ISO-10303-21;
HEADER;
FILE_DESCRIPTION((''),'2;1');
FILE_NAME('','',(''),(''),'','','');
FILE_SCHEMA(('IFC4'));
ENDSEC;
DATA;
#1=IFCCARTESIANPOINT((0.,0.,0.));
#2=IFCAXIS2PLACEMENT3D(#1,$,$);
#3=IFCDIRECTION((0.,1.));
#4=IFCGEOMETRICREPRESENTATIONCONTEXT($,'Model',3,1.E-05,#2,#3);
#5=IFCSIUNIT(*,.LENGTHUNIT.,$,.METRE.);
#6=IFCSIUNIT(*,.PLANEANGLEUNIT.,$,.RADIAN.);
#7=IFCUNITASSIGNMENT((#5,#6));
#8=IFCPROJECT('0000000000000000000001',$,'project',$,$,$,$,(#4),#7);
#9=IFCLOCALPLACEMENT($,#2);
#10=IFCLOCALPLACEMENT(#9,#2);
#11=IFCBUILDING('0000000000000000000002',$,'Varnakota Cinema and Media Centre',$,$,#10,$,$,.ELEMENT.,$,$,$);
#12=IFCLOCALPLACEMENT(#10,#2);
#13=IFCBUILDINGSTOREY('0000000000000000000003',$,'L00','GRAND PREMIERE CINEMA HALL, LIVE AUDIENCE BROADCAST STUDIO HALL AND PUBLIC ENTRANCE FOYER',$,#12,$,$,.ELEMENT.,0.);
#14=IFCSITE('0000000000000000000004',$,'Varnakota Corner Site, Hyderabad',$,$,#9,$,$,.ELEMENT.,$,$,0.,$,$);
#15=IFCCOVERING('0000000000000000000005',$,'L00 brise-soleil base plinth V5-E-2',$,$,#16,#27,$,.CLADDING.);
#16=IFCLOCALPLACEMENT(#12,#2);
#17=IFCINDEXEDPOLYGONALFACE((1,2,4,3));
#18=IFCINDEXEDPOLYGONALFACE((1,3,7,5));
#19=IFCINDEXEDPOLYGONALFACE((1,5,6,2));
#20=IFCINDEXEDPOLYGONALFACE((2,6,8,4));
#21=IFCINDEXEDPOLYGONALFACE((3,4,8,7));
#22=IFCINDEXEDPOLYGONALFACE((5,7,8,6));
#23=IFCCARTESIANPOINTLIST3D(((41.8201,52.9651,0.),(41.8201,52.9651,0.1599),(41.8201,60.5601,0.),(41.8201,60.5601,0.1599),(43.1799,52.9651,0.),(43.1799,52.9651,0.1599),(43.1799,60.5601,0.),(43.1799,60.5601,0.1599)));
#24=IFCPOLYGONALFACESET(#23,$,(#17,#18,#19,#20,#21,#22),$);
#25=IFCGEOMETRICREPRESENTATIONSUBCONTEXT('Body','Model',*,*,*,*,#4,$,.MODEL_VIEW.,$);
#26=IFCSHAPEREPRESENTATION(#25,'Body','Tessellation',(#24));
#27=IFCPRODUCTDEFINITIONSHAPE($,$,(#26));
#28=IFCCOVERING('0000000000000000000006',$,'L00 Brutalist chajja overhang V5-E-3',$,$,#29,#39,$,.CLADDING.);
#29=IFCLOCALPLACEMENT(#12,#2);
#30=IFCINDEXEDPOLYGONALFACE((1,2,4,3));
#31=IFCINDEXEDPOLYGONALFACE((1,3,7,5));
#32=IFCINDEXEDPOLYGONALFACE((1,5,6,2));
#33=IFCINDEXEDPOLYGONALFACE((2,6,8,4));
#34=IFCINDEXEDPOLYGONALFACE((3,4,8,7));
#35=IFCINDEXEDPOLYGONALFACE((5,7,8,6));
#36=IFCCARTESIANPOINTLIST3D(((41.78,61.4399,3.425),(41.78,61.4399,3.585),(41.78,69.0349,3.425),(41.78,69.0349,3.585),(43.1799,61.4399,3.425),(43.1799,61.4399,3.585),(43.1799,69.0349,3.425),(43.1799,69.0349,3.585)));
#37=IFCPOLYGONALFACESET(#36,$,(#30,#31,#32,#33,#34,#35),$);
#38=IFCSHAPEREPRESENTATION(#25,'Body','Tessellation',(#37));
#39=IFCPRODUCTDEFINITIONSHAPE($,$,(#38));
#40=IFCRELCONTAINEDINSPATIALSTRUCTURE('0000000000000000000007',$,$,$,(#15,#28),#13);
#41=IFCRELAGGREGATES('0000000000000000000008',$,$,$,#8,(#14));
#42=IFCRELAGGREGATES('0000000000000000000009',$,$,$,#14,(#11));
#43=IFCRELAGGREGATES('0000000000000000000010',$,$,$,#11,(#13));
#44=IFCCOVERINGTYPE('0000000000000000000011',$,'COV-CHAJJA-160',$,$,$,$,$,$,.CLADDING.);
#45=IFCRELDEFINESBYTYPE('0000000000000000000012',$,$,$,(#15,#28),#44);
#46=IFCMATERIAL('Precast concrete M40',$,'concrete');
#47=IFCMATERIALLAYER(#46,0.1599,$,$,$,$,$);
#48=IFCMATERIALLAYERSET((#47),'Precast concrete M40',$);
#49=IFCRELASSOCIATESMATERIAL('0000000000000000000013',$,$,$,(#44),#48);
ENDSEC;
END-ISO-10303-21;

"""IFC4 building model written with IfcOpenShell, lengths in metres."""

from ifc_helpers import new_model, si_unit, direction, frame, origin, place, context, subcontext, project, spatial, polyline, outline, extrude, material, layer, layer_set, type_object, element, save


model = new_model("IFC4")

# Units and contexts
model_context = context("Model", 3, precision=1e-05, world=origin(), true_north=direction((0.0, 1.0)))
body_context = subcontext(model_context, "Body", "Model", "MODEL_VIEW")
ifc_project = project(units=[si_unit("LENGTHUNIT", "METRE"), si_unit("PLANEANGLEUNIT", "RADIAN")], contexts=[model_context])

# Site, building, storey
site_placement = place(None, origin())
site = spatial("IfcSite", under=ifc_project, at=site_placement, Name="Varnakota Corner Site, Hyderabad", CompositionType="ELEMENT", RefElevation=0.0)
building_placement = place(site_placement, origin())
building = spatial("IfcBuilding", under=site, at=building_placement, Name="Varnakota Cinema and Media Centre", CompositionType="ELEMENT")
storey_placement = place(building_placement, origin())
storey = spatial("IfcBuildingStorey", under=building, at=storey_placement, Name="L00", Description="GRAND PREMIERE CINEMA HALL, LIVE AUDIENCE BROADCAST STUDIO HALL AND PUBLIC ENTRANCE FOYER", CompositionType="ELEMENT", Elevation=0.0)

# Coverings
ifc_material = material(Name="Precast concrete M40", Category="concrete")
ifc_layer = layer(ifc_material, 0.1599)
ifc_layer_set = layer_set([ifc_layer], Name="Precast concrete M40")
covering_type = type_object("IfcCoveringType", Name="COV-CHAJJA-160", PredefinedType="CLADDING", material=ifc_layer_set)
covering_1_placement = place(storey_placement, origin())
element("IfcCovering", 1, at=covering_1_placement, inside=storey, type_object=covering_type, Name="L00 brise-soleil base plinth V5-E-2", PredefinedType="CLADDING", context=body_context, shape_type="SweptSolid", body=[
    extrude(outline(polyline([(43.1799, 52.9651), (43.1799, 60.5601), (41.8201, 60.5601), (41.8201, 52.9651), (43.1799, 52.9651)])), origin(), (0.0, 0.0, 1.0), 0.1599),
])
covering_2_placement = place(storey_placement, frame((0.0, 0.0, 3.425)))
element("IfcCovering", 2, at=covering_2_placement, inside=storey, type_object=covering_type, Name="L00 Brutalist chajja overhang V5-E-3", PredefinedType="CLADDING", context=body_context, shape_type="SweptSolid", body=[
    extrude(outline(polyline([(43.1799, 61.4399), (43.1799, 69.0349), (41.78, 69.0349), (41.78, 61.4399), (43.1799, 61.4399)])), origin(), (0.0, 0.0, 1.0), 0.1599),
])

save(model, "model.ifc")
